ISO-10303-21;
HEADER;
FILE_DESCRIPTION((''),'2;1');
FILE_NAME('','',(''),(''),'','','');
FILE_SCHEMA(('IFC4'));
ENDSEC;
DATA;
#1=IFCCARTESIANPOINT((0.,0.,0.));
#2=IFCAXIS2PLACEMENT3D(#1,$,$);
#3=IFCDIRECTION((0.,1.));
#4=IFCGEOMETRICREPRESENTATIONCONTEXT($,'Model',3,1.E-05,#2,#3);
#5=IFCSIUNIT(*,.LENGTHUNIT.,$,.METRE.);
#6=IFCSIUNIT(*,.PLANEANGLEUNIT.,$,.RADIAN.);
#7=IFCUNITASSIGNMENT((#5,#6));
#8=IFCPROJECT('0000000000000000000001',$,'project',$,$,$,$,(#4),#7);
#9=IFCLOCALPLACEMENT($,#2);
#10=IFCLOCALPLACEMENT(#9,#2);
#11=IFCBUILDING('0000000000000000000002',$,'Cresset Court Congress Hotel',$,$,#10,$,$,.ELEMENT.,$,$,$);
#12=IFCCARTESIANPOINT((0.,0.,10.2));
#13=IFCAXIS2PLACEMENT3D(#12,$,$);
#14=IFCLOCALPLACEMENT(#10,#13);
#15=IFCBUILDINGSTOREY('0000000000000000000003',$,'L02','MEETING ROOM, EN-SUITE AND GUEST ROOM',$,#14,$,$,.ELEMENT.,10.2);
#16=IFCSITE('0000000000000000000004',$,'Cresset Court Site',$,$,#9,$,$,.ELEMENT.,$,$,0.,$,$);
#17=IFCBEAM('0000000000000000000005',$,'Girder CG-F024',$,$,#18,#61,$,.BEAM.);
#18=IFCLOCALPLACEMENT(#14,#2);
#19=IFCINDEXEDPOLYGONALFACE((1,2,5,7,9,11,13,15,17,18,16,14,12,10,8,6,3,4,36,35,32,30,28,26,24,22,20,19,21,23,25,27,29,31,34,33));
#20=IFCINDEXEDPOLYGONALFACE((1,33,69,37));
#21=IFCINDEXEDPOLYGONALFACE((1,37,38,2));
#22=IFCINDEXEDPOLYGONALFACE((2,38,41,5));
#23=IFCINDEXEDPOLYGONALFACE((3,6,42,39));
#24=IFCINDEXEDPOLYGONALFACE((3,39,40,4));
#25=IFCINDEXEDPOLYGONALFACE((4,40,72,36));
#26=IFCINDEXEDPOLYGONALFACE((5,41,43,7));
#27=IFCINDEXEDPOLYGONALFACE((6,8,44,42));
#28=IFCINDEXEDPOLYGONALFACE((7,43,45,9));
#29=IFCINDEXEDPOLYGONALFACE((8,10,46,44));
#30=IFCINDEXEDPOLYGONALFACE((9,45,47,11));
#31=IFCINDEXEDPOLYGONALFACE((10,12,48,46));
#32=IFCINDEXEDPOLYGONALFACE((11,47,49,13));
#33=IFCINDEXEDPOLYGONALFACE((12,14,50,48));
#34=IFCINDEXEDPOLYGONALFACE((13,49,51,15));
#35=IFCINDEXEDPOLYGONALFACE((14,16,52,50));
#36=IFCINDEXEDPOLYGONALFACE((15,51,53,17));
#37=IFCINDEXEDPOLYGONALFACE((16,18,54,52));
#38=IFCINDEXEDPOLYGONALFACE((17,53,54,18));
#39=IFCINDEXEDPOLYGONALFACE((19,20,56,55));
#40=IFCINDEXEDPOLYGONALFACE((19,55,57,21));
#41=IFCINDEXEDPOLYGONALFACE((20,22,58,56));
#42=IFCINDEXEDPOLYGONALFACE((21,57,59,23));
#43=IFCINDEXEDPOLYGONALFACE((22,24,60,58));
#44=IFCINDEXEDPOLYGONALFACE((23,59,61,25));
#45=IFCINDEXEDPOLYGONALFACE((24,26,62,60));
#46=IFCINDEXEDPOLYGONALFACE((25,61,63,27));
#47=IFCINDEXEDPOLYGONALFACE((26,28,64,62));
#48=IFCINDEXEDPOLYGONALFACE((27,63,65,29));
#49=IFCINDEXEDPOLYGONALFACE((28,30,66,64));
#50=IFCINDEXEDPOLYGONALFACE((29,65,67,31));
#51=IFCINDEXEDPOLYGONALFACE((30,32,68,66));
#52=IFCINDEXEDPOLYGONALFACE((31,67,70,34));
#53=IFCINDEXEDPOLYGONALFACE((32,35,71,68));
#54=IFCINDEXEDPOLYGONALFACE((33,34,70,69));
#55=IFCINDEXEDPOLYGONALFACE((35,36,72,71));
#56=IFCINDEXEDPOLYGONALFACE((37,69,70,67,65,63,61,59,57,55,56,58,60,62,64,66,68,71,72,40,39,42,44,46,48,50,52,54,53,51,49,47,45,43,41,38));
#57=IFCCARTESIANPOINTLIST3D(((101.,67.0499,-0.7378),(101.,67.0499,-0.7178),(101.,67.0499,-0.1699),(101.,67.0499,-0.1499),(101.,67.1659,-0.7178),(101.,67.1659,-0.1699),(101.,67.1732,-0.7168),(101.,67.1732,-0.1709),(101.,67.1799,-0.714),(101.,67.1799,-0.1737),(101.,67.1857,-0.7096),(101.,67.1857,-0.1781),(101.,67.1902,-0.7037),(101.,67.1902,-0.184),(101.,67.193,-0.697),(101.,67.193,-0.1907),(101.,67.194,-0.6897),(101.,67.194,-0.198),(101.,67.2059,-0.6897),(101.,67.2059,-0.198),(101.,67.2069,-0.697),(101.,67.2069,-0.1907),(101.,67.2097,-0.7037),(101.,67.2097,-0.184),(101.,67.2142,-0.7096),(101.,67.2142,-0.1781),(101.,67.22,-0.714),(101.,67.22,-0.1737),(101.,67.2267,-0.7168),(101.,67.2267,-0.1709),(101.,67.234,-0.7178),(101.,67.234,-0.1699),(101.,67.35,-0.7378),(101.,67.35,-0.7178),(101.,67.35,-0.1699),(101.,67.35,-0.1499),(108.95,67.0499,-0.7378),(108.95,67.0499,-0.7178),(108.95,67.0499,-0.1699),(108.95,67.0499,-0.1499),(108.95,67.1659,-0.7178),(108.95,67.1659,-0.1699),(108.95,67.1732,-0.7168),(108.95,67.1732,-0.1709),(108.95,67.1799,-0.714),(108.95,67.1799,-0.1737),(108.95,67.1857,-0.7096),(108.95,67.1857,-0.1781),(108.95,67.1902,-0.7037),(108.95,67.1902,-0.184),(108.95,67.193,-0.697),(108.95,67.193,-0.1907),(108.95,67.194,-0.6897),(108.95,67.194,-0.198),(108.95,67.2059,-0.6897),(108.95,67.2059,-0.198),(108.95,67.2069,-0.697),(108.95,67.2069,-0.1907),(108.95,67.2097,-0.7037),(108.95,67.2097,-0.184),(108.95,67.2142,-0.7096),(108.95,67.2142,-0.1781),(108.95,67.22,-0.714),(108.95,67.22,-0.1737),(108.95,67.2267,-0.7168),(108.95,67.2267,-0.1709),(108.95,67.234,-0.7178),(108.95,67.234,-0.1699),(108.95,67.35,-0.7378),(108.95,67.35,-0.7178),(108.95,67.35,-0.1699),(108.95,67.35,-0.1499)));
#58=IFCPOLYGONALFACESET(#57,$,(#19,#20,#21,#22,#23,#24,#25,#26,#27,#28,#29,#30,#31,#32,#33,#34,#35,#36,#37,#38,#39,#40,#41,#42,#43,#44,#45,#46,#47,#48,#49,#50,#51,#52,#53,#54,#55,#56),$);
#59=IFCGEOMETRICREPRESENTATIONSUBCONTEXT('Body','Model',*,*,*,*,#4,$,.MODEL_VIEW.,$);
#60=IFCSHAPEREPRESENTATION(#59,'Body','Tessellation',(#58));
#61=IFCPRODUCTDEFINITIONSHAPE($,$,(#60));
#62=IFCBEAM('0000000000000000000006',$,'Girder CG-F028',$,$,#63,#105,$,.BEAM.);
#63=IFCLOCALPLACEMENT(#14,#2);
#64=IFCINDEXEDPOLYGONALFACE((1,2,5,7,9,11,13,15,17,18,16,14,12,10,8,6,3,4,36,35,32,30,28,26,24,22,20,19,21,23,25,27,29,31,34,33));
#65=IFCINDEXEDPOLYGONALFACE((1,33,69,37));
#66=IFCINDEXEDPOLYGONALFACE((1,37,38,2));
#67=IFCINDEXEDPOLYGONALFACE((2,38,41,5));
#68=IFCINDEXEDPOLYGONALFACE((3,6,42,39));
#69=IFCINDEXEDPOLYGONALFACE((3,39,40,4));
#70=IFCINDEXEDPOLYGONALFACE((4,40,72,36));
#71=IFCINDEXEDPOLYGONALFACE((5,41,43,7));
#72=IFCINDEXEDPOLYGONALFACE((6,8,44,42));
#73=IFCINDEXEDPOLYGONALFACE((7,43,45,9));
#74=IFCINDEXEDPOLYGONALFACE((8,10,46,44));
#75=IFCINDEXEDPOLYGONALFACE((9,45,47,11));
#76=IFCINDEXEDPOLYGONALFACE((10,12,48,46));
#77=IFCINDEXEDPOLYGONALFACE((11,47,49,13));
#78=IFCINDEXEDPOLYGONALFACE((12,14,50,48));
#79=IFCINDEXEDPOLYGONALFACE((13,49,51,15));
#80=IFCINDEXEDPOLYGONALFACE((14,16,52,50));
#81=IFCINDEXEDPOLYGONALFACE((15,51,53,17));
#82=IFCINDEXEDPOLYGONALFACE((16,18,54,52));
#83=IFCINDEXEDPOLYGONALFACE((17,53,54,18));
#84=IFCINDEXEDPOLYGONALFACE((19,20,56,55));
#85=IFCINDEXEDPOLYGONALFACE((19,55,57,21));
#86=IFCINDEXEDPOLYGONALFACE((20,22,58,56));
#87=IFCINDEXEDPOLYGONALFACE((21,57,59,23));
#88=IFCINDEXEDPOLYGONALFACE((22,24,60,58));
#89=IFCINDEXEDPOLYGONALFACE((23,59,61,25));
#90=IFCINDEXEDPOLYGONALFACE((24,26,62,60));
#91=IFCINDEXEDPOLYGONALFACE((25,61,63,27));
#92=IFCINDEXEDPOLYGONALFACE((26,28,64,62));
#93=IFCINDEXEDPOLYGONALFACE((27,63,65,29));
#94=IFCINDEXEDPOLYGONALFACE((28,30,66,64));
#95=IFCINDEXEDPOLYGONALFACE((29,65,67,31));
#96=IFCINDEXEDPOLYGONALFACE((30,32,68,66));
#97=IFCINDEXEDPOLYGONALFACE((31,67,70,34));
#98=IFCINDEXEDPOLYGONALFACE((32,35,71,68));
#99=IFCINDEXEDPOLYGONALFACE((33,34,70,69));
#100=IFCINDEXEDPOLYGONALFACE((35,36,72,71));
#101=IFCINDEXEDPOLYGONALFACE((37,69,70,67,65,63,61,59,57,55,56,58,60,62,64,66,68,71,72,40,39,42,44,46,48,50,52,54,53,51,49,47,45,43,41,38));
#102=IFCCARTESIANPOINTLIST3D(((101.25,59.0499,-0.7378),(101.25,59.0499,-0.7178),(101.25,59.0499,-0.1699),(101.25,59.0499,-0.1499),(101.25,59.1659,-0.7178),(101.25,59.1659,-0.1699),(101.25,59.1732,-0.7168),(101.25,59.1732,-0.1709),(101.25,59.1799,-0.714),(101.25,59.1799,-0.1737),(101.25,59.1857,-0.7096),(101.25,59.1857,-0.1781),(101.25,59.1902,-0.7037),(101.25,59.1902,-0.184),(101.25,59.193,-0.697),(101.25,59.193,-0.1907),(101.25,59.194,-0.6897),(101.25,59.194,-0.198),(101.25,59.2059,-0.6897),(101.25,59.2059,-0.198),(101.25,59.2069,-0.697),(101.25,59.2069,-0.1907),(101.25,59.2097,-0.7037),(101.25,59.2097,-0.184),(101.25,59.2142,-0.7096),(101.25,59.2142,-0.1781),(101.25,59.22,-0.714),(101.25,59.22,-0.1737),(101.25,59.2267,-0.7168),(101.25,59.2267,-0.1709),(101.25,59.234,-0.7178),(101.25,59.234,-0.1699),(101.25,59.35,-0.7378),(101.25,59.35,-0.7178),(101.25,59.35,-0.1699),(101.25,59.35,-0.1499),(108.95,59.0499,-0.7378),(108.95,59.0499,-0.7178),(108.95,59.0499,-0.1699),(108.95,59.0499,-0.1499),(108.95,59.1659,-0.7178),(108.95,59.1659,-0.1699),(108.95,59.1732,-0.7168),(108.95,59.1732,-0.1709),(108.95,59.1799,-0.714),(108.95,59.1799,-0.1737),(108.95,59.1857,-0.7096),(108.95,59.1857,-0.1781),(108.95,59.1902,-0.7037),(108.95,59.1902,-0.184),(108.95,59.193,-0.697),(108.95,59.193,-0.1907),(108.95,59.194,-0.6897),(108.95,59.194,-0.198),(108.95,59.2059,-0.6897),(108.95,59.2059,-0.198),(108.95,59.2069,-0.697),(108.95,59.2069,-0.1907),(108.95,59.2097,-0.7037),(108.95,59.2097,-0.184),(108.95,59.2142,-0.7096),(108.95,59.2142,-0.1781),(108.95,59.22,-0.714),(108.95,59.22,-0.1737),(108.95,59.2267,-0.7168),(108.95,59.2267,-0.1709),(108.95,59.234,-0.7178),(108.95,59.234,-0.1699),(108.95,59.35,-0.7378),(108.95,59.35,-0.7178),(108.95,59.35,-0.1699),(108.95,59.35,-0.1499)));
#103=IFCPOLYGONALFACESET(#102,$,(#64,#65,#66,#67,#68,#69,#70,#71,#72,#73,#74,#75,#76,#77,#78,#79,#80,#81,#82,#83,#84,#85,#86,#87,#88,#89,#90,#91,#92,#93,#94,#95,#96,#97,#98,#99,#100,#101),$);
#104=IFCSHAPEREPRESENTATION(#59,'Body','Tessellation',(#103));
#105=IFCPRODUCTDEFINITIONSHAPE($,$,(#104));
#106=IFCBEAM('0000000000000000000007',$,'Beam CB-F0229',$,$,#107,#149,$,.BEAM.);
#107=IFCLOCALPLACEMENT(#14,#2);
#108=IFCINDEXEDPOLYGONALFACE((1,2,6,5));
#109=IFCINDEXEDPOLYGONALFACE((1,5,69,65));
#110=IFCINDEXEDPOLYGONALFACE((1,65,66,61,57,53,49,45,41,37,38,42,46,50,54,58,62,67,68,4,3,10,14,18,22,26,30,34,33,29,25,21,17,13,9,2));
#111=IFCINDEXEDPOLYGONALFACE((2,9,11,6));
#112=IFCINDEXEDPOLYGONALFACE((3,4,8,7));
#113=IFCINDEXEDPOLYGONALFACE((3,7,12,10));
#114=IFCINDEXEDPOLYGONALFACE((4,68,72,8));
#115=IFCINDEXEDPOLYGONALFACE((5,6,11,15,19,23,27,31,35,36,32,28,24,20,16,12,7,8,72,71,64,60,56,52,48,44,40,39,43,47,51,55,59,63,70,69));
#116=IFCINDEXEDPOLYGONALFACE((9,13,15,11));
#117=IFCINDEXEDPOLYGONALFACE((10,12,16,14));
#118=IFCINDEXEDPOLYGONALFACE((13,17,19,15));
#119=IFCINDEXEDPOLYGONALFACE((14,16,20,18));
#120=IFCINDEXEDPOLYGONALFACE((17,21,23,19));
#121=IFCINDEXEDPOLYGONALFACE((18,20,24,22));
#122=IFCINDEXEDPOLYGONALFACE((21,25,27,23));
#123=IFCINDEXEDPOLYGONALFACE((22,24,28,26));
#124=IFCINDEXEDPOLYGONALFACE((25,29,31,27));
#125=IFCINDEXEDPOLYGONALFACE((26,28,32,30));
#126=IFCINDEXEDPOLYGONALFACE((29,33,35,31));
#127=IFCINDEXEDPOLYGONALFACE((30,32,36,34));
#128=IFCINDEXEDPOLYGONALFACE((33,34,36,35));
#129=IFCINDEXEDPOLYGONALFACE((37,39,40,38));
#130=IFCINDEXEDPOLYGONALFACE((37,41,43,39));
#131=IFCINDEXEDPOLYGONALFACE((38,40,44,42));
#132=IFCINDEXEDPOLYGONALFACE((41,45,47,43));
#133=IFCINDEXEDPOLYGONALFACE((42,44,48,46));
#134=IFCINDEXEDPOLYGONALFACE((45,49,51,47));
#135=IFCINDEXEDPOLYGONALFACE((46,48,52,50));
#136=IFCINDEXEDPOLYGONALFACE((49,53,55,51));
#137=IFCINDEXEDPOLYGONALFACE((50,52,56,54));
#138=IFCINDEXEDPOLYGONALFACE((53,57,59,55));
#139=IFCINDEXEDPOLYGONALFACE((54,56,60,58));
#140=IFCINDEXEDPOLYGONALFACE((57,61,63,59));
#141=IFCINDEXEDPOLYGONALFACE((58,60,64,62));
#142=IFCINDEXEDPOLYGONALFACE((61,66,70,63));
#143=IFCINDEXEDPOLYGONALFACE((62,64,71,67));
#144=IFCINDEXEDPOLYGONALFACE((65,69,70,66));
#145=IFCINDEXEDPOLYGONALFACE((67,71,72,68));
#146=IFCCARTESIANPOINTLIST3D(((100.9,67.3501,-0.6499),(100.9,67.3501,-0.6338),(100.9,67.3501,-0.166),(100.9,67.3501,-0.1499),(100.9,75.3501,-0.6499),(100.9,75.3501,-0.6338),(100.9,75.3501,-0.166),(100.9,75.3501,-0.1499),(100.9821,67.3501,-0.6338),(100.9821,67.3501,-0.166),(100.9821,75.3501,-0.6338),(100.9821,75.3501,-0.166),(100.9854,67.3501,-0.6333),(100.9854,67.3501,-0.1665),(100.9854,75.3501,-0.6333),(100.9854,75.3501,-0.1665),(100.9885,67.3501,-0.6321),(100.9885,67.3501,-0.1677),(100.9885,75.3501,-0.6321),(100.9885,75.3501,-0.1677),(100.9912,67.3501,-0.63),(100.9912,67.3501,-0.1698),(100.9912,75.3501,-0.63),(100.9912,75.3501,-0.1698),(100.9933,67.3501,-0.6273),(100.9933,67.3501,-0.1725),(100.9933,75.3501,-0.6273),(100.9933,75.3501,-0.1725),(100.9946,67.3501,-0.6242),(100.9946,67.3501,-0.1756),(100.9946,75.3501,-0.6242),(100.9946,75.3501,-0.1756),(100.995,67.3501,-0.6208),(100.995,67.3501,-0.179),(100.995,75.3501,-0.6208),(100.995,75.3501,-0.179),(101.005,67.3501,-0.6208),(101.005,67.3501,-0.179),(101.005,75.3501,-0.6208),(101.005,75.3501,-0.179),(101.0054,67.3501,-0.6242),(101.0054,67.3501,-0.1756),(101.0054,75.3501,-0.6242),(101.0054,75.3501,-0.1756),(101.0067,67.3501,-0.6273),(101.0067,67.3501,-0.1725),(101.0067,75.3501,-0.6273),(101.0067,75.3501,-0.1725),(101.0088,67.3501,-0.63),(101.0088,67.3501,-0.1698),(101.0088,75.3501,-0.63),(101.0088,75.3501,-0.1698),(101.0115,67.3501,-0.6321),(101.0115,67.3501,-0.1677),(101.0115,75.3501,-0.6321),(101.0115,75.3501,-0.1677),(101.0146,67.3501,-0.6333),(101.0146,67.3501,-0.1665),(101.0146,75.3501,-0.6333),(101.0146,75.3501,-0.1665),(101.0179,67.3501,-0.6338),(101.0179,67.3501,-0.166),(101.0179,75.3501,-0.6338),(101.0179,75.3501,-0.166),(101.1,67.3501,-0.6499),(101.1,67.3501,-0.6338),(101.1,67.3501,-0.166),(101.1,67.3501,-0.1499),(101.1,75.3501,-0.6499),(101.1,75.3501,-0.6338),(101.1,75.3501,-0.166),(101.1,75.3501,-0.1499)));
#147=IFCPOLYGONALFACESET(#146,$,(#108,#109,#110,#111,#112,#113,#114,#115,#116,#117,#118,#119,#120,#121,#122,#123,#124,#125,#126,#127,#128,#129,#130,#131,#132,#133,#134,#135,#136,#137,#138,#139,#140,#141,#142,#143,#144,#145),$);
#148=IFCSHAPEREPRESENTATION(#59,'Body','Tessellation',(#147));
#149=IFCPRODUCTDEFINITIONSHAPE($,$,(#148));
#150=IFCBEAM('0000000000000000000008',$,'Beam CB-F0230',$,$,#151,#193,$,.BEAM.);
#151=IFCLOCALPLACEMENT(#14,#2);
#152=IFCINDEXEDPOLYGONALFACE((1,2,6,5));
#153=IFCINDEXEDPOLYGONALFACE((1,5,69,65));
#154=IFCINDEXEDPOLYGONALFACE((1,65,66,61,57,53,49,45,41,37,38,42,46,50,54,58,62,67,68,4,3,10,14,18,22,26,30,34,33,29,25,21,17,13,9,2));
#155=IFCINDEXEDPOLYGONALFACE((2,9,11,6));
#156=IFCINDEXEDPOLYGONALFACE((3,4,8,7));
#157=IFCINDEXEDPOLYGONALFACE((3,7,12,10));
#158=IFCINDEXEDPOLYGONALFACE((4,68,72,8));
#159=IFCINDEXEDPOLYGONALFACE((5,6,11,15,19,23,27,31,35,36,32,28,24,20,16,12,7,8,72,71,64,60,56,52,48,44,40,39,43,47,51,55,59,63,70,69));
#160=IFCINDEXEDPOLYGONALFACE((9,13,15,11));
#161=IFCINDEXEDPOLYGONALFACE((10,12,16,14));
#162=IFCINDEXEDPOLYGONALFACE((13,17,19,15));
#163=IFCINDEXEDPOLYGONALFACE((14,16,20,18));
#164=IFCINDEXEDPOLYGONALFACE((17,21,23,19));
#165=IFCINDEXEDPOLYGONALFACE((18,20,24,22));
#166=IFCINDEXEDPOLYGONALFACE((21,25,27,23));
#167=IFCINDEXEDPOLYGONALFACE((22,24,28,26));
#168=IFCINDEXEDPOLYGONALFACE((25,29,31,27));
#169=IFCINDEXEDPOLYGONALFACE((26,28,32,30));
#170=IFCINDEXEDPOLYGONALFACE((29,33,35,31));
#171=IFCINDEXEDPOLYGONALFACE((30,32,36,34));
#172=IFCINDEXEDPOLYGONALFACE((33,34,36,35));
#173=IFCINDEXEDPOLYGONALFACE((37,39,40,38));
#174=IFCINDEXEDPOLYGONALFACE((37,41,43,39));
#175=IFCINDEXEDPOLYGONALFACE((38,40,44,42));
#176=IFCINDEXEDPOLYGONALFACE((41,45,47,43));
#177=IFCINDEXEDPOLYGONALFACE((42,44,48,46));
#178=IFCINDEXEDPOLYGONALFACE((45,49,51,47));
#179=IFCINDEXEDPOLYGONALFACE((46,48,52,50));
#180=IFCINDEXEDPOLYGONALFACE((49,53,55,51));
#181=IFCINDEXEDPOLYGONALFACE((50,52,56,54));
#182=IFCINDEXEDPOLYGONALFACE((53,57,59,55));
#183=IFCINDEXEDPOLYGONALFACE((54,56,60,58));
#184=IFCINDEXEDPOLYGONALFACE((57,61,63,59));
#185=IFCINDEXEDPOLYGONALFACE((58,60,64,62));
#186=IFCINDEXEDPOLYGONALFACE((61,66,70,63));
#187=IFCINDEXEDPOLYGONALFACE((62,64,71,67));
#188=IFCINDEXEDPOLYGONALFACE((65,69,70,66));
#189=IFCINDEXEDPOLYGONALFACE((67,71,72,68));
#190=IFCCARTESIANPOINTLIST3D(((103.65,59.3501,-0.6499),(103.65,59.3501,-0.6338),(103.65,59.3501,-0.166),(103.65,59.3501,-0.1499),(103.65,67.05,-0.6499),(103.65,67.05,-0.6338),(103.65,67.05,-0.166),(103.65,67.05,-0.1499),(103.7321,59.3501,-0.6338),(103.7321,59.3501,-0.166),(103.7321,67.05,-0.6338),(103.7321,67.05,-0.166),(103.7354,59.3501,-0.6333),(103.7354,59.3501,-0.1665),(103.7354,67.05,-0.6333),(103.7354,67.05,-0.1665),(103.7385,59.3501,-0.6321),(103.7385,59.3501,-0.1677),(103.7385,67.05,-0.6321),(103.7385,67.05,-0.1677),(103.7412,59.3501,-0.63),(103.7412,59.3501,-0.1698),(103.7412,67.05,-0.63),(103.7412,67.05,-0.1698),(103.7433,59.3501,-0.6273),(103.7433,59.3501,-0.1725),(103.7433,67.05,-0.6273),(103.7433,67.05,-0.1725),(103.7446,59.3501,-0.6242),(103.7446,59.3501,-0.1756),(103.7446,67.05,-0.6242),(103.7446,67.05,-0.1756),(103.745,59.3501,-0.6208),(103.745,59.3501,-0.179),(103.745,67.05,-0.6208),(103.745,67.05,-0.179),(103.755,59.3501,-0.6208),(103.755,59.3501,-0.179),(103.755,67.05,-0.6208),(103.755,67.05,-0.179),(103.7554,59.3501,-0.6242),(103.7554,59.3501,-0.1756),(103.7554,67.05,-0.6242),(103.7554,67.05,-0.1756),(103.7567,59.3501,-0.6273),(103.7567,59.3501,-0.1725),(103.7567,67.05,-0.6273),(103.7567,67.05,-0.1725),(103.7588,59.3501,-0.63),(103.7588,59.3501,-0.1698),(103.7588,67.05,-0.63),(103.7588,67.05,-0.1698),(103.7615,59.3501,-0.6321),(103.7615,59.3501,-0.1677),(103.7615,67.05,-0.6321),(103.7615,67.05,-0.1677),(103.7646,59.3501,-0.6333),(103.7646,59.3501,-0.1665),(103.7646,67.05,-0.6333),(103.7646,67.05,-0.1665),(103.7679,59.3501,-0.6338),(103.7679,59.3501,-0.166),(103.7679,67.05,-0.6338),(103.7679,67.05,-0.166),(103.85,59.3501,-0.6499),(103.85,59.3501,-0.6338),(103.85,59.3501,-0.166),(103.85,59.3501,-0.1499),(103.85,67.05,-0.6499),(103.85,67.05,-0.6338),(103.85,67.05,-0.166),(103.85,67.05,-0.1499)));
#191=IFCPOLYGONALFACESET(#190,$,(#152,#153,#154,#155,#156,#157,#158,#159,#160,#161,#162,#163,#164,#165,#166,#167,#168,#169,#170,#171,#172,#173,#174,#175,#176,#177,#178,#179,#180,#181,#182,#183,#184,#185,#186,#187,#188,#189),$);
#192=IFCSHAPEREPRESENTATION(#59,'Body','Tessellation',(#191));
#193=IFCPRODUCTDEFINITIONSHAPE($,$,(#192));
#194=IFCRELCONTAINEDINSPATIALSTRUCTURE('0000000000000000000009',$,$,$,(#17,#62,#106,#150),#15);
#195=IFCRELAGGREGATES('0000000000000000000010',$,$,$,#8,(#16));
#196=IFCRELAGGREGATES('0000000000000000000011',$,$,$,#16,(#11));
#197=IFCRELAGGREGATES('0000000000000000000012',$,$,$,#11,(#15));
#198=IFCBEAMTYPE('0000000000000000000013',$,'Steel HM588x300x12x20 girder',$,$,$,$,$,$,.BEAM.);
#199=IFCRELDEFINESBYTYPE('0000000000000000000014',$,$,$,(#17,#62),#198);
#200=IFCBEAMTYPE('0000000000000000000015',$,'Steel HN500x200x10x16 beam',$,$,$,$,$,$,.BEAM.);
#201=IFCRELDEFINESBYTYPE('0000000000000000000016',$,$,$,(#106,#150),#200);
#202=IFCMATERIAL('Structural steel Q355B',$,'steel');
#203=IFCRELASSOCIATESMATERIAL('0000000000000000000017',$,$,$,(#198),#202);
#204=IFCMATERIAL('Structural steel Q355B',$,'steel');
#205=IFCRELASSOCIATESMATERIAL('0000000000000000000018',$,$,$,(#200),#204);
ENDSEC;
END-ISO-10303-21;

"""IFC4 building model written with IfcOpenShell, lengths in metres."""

from ifc_helpers import new_model, si_unit, direction, frame, origin, origin_2d, place, context, subcontext, project, spatial, i_section, extrude, material, material_profile, profile_set, type_object, element, save


model = new_model("IFC4")

# Units and contexts
model_context = context("Model", 3, precision=1e-05, world=origin(), true_north=direction((0.0, 1.0)))
body_context = subcontext(model_context, "Body", "Model", "MODEL_VIEW")
ifc_project = project(units=[si_unit("LENGTHUNIT", "METRE"), si_unit("PLANEANGLEUNIT", "RADIAN")], contexts=[model_context])

# Site, building, storey
site_placement = place(None, origin())
site = spatial("IfcSite", under=ifc_project, at=site_placement, Name="Cresset Court Site", CompositionType="ELEMENT", RefElevation=0.0)
building_placement = place(site_placement, origin())
building = spatial("IfcBuilding", under=site, at=building_placement, Name="Cresset Court Congress Hotel", CompositionType="ELEMENT")
storey_placement = place(building_placement, frame((0.0, 0.0, 10.2)))
storey = spatial("IfcBuildingStorey", under=building, at=storey_placement, Name="L02", Description="MEETING ROOM, EN-SUITE AND GUEST ROOM", CompositionType="ELEMENT", Elevation=10.2)

# Beams
ifc_material_1 = material(Name="Structural steel Q355B", Category="steel")
ifc_material_profile_1 = material_profile(ifc_material_1, i_section(OverallWidth=0.3, OverallDepth=0.5879, WebThickness=0.012, FlangeThickness=0.02, FilletRadius=0.0281, at=origin_2d()), Name="HM588x300x12x20")
ifc_profile_set_1 = profile_set([ifc_material_profile_1], Name="Structural steel Q355B")
beam_type_1 = type_object("IfcBeamType", Name="Steel HM588x300x12x20 girder", PredefinedType="BEAM", material=ifc_profile_set_1)
beam_1_placement = place(storey_placement, frame((101.0, 67.2, -0.4438), z_axis=(1.0, 0.0, 0.0), x_axis=(0.0, 1.0, 0.0)))
element("IfcBeam", 1, at=beam_1_placement, inside=storey, type_object=beam_type_1, Name="Girder CG-F024", PredefinedType="BEAM", context=body_context, shape_type="SweptSolid", body=[
    extrude(i_section(OverallWidth=0.3, OverallDepth=0.5879, WebThickness=0.012, FlangeThickness=0.02, FilletRadius=0.0281, at=origin_2d()), origin(), (0.0, 0.0, 1.0), 7.95),
])
beam_2_placement = place(storey_placement, frame((101.25, 59.2, -0.4438), z_axis=(1.0, 0.0, 0.0), x_axis=(0.0, 1.0, 0.0)))
element("IfcBeam", 2, at=beam_2_placement, inside=storey, type_object=beam_type_1, Name="Girder CG-F028", PredefinedType="BEAM", context=body_context, shape_type="SweptSolid", body=[
    extrude(i_section(OverallWidth=0.3, OverallDepth=0.5879, WebThickness=0.012, FlangeThickness=0.02, FilletRadius=0.0281, at=origin_2d()), origin(), (0.0, 0.0, 1.0), 7.7),
])
ifc_material_2 = material(Name="Structural steel Q355B", Category="steel")
ifc_material_profile_2 = material_profile(ifc_material_2, i_section(OverallWidth=0.2, OverallDepth=0.5, WebThickness=0.01, FlangeThickness=0.0161, FilletRadius=0.0129, at=origin_2d()), Name="HN500x200x10x16")
ifc_profile_set_2 = profile_set([ifc_material_profile_2], Name="Structural steel Q355B")
beam_type_2 = type_object("IfcBeamType", Name="Steel HN500x200x10x16 beam", PredefinedType="BEAM", material=ifc_profile_set_2)
beam_3_placement = place(storey_placement, frame((101.0, 67.3501, -0.3999), z_axis=(0.0, 1.0, 0.0), x_axis=(-1.0, 0.0, 0.0)))
element("IfcBeam", 3, at=beam_3_placement, inside=storey, type_object=beam_type_2, Name="Beam CB-F0229", PredefinedType="BEAM", context=body_context, shape_type="SweptSolid", body=[
    extrude(i_section(OverallWidth=0.2, OverallDepth=0.5, WebThickness=0.01, FlangeThickness=0.0161, FilletRadius=0.0129, at=origin_2d()), origin(), (0.0, 0.0, 1.0), 8.0),
])
beam_4_placement = place(storey_placement, frame((103.75, 59.3501, -0.3999), z_axis=(0.0, 1.0, 0.0), x_axis=(-1.0, 0.0, 0.0)))
element("IfcBeam", 4, at=beam_4_placement, inside=storey, type_object=beam_type_2, Name="Beam CB-F0230", PredefinedType="BEAM", context=body_context, shape_type="SweptSolid", body=[
    extrude(i_section(OverallWidth=0.2, OverallDepth=0.5, WebThickness=0.01, FlangeThickness=0.0161, FilletRadius=0.0129, at=origin_2d()), origin(), (0.0, 0.0, 1.0), 7.7),
])

save(model, "model.ifc")
